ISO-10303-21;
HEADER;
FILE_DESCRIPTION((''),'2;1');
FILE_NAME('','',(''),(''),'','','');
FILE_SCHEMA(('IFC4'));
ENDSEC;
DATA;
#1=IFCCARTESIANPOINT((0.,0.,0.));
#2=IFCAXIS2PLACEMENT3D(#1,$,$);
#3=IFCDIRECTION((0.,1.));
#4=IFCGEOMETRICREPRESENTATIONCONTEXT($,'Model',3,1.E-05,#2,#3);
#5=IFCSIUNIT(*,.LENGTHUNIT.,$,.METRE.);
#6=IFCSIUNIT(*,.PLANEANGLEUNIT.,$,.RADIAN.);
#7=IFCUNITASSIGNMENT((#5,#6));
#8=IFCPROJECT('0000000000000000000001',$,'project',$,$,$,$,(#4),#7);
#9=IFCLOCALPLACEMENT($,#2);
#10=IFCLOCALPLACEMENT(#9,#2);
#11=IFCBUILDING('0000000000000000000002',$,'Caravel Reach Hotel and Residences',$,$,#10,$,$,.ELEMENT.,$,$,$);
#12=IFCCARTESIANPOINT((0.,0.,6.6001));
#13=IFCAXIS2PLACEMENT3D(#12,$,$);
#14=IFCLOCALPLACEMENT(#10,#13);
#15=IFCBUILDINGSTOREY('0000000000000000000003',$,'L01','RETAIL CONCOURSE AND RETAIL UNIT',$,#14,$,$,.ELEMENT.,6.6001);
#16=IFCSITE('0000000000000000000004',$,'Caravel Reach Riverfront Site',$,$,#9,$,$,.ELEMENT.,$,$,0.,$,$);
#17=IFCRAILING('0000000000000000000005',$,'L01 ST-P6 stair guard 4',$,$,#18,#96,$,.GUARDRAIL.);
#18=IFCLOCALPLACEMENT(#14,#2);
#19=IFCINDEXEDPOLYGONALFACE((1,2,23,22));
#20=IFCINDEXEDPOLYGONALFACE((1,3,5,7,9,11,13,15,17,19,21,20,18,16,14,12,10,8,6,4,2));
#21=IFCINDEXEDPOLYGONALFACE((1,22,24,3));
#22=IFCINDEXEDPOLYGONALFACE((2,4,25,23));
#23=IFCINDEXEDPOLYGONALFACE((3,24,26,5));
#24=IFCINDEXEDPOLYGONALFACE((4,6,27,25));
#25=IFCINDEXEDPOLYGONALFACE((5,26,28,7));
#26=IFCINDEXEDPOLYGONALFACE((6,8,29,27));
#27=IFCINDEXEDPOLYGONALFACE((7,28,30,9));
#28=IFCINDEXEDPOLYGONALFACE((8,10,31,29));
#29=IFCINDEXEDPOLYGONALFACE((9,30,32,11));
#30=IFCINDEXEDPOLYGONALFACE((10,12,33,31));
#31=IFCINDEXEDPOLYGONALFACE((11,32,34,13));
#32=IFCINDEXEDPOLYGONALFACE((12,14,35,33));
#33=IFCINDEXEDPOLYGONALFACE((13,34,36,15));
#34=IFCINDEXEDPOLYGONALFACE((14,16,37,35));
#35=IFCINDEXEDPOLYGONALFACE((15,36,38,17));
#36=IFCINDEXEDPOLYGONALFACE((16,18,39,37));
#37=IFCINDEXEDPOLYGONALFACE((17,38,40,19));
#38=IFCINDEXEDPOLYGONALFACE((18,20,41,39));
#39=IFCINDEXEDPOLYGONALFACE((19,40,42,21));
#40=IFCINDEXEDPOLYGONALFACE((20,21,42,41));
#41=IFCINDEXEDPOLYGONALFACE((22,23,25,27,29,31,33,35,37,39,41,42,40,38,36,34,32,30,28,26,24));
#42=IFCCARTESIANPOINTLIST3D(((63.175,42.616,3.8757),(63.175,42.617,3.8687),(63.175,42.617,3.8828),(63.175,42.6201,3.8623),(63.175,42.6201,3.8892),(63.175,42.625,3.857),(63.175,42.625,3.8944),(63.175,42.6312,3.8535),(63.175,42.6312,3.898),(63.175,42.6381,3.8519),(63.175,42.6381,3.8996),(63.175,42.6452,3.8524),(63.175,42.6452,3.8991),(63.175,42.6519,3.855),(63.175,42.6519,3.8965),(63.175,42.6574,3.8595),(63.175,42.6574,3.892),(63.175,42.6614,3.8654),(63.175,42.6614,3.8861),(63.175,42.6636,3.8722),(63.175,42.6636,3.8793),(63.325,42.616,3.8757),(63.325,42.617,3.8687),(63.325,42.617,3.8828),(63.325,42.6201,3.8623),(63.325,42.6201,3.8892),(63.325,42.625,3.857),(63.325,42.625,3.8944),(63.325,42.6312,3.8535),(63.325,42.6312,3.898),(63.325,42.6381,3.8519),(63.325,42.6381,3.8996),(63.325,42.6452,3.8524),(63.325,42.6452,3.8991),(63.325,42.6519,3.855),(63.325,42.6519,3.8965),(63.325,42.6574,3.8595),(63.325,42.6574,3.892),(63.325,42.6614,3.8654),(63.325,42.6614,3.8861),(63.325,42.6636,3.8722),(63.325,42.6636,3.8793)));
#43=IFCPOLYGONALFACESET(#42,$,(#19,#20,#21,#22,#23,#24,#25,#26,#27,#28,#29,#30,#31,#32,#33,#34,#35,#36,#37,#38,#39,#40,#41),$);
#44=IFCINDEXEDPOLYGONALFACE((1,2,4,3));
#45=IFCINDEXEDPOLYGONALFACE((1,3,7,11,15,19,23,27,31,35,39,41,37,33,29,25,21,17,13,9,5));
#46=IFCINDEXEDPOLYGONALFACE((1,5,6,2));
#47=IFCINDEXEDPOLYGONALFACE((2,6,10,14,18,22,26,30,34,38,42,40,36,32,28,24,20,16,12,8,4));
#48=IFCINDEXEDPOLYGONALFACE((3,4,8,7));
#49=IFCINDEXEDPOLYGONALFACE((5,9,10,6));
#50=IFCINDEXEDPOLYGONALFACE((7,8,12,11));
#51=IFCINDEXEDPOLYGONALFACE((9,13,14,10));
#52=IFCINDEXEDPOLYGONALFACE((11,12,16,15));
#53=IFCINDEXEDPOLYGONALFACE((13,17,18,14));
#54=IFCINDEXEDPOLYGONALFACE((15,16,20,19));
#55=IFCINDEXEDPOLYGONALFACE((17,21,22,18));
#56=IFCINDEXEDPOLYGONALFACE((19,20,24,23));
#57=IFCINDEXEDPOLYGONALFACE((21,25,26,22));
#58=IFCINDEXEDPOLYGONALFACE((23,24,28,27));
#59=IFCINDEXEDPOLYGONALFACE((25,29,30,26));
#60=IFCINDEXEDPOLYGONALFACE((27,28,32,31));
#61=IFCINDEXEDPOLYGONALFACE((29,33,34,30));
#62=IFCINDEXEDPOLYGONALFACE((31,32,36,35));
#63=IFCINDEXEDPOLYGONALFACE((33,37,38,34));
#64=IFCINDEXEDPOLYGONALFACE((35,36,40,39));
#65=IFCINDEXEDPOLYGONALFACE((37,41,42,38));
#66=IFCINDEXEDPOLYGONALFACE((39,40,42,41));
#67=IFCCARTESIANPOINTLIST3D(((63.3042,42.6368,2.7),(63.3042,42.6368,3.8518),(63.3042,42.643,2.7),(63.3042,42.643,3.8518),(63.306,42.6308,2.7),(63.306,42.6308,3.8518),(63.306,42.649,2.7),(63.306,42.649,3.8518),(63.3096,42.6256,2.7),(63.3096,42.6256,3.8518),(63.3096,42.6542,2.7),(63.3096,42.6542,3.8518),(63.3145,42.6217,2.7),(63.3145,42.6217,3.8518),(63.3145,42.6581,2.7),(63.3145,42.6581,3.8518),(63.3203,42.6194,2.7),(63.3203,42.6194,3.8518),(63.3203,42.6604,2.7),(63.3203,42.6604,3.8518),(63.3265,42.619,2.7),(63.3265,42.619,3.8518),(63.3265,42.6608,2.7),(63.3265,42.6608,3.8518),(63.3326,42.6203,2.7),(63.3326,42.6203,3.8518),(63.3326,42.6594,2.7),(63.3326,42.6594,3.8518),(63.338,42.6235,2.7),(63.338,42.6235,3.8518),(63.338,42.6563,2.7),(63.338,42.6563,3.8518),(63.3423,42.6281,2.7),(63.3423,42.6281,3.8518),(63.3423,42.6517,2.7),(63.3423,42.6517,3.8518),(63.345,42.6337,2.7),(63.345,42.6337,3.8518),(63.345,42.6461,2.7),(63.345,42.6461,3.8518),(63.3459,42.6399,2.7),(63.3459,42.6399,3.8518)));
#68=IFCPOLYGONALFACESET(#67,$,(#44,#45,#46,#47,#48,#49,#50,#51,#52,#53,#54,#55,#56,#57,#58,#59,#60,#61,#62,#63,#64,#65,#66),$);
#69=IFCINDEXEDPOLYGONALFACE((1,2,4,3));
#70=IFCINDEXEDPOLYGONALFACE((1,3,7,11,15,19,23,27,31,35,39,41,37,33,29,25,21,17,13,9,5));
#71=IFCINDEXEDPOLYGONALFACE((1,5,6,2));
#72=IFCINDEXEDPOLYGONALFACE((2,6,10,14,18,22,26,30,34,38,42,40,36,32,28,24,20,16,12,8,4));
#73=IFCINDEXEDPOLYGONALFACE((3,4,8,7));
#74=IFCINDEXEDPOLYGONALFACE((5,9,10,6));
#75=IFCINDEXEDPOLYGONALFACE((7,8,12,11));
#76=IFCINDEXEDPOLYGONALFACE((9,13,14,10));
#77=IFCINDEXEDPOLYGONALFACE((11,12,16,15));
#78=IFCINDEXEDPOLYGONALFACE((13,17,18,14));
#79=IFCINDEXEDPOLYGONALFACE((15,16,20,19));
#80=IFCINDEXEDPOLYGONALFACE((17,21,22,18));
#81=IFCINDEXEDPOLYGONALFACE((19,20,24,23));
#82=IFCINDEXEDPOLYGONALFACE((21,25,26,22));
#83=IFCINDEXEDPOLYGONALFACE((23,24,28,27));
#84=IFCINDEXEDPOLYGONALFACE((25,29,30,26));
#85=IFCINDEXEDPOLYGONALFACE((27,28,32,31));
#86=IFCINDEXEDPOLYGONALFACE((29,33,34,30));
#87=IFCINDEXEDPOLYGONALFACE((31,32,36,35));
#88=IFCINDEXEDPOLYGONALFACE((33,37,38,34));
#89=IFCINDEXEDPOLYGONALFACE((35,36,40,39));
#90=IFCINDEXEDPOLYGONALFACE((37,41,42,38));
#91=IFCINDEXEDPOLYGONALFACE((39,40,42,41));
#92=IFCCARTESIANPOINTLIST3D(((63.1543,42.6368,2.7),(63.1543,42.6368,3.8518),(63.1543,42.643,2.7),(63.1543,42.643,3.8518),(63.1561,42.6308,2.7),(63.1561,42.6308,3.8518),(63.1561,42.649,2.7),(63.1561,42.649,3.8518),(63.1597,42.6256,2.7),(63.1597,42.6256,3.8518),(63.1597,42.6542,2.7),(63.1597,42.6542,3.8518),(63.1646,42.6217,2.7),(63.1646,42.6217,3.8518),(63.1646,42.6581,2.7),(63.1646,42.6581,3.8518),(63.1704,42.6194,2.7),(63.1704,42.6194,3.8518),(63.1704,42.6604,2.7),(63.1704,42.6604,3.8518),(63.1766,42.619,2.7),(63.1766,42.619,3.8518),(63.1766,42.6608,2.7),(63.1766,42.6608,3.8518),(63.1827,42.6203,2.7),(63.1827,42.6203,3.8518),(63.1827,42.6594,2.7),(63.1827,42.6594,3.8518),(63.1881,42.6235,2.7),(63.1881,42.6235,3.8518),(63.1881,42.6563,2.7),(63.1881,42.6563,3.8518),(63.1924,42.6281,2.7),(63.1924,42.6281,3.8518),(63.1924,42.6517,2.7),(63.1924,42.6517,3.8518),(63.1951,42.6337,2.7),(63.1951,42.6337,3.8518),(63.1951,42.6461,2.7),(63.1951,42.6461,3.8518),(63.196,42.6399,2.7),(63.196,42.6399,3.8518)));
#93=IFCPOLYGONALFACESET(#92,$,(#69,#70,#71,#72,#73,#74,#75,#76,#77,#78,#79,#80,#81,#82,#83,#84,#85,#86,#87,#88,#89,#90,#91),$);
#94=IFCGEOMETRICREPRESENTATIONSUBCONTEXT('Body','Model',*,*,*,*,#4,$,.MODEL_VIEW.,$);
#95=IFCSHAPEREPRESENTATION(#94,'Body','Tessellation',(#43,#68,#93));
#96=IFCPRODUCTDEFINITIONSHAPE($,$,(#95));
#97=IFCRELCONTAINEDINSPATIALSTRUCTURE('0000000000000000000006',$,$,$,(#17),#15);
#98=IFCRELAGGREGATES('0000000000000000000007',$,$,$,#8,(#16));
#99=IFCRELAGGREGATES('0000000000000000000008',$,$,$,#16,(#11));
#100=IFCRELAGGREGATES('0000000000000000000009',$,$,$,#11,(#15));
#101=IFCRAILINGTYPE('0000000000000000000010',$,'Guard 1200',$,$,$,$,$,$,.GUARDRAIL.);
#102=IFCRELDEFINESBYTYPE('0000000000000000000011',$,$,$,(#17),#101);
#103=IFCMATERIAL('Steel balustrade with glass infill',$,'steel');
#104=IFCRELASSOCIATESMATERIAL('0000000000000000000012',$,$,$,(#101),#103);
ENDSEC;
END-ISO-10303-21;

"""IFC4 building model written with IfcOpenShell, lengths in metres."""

from ifc_helpers import new_model, si_unit, direction, frame, origin, origin_2d, place, context, subcontext, project, spatial, circle, extrude, material, type_object, element, save


model = new_model("IFC4")

# Units and contexts
model_context = context("Model", 3, precision=1e-05, world=origin(), true_north=direction((0.0, 1.0)))
body_context = subcontext(model_context, "Body", "Model", "MODEL_VIEW")
ifc_project = project(units=[si_unit("LENGTHUNIT", "METRE"), si_unit("PLANEANGLEUNIT", "RADIAN")], contexts=[model_context])

# Site, building, storey
site_placement = place(None, origin())
site = spatial("IfcSite", under=ifc_project, at=site_placement, Name="Caravel Reach Riverfront Site", CompositionType="ELEMENT", RefElevation=0.0)
building_placement = place(site_placement, origin())
building = spatial("IfcBuilding", under=site, at=building_placement, Name="Caravel Reach Hotel and Residences", CompositionType="ELEMENT")
storey_placement = place(building_placement, frame((0.0, 0.0, 6.6001)))
storey = spatial("IfcBuildingStorey", under=building, at=storey_placement, Name="L01", Description="RETAIL CONCOURSE AND RETAIL UNIT", CompositionType="ELEMENT", Elevation=6.6001)

# Railing
ifc_material_1 = material(Name="Steel balustrade with glass infill", Category="steel")
railing_type_1 = type_object("IfcRailingType", Name="Guard 1200", PredefinedType="GUARDRAIL", material=ifc_material_1)
railing_1_placement = place(storey_placement, frame((63.325, 42.6399, 2.7)))
element("IfcRailing", 1, at=railing_1_placement, inside=storey, type_object=railing_type_1, Name="L01 ST-P6 stair guard 4", PredefinedType="GUARDRAIL", context=body_context, shape_type="SweptSolid", body=[
    extrude(circle(Radius=0.0239, at=origin_2d()), frame((0.0, 0.0, 1.1758), z_axis=(-1.0, 0.0, 0.0), x_axis=(0.0, -1.0, 0.0)), (0.0, 0.0, 1.0), 0.1499),
    extrude(circle(Radius=0.021, at=origin_2d()), origin(), (0.0, 0.0, 1.0), 1.1519),
    extrude(circle(Radius=0.021, at=origin_2d()), frame((-0.1499, 0.0, 0.0)), (0.0, 0.0, 1.0), 1.1519),
])

save(model, "model.ifc")
